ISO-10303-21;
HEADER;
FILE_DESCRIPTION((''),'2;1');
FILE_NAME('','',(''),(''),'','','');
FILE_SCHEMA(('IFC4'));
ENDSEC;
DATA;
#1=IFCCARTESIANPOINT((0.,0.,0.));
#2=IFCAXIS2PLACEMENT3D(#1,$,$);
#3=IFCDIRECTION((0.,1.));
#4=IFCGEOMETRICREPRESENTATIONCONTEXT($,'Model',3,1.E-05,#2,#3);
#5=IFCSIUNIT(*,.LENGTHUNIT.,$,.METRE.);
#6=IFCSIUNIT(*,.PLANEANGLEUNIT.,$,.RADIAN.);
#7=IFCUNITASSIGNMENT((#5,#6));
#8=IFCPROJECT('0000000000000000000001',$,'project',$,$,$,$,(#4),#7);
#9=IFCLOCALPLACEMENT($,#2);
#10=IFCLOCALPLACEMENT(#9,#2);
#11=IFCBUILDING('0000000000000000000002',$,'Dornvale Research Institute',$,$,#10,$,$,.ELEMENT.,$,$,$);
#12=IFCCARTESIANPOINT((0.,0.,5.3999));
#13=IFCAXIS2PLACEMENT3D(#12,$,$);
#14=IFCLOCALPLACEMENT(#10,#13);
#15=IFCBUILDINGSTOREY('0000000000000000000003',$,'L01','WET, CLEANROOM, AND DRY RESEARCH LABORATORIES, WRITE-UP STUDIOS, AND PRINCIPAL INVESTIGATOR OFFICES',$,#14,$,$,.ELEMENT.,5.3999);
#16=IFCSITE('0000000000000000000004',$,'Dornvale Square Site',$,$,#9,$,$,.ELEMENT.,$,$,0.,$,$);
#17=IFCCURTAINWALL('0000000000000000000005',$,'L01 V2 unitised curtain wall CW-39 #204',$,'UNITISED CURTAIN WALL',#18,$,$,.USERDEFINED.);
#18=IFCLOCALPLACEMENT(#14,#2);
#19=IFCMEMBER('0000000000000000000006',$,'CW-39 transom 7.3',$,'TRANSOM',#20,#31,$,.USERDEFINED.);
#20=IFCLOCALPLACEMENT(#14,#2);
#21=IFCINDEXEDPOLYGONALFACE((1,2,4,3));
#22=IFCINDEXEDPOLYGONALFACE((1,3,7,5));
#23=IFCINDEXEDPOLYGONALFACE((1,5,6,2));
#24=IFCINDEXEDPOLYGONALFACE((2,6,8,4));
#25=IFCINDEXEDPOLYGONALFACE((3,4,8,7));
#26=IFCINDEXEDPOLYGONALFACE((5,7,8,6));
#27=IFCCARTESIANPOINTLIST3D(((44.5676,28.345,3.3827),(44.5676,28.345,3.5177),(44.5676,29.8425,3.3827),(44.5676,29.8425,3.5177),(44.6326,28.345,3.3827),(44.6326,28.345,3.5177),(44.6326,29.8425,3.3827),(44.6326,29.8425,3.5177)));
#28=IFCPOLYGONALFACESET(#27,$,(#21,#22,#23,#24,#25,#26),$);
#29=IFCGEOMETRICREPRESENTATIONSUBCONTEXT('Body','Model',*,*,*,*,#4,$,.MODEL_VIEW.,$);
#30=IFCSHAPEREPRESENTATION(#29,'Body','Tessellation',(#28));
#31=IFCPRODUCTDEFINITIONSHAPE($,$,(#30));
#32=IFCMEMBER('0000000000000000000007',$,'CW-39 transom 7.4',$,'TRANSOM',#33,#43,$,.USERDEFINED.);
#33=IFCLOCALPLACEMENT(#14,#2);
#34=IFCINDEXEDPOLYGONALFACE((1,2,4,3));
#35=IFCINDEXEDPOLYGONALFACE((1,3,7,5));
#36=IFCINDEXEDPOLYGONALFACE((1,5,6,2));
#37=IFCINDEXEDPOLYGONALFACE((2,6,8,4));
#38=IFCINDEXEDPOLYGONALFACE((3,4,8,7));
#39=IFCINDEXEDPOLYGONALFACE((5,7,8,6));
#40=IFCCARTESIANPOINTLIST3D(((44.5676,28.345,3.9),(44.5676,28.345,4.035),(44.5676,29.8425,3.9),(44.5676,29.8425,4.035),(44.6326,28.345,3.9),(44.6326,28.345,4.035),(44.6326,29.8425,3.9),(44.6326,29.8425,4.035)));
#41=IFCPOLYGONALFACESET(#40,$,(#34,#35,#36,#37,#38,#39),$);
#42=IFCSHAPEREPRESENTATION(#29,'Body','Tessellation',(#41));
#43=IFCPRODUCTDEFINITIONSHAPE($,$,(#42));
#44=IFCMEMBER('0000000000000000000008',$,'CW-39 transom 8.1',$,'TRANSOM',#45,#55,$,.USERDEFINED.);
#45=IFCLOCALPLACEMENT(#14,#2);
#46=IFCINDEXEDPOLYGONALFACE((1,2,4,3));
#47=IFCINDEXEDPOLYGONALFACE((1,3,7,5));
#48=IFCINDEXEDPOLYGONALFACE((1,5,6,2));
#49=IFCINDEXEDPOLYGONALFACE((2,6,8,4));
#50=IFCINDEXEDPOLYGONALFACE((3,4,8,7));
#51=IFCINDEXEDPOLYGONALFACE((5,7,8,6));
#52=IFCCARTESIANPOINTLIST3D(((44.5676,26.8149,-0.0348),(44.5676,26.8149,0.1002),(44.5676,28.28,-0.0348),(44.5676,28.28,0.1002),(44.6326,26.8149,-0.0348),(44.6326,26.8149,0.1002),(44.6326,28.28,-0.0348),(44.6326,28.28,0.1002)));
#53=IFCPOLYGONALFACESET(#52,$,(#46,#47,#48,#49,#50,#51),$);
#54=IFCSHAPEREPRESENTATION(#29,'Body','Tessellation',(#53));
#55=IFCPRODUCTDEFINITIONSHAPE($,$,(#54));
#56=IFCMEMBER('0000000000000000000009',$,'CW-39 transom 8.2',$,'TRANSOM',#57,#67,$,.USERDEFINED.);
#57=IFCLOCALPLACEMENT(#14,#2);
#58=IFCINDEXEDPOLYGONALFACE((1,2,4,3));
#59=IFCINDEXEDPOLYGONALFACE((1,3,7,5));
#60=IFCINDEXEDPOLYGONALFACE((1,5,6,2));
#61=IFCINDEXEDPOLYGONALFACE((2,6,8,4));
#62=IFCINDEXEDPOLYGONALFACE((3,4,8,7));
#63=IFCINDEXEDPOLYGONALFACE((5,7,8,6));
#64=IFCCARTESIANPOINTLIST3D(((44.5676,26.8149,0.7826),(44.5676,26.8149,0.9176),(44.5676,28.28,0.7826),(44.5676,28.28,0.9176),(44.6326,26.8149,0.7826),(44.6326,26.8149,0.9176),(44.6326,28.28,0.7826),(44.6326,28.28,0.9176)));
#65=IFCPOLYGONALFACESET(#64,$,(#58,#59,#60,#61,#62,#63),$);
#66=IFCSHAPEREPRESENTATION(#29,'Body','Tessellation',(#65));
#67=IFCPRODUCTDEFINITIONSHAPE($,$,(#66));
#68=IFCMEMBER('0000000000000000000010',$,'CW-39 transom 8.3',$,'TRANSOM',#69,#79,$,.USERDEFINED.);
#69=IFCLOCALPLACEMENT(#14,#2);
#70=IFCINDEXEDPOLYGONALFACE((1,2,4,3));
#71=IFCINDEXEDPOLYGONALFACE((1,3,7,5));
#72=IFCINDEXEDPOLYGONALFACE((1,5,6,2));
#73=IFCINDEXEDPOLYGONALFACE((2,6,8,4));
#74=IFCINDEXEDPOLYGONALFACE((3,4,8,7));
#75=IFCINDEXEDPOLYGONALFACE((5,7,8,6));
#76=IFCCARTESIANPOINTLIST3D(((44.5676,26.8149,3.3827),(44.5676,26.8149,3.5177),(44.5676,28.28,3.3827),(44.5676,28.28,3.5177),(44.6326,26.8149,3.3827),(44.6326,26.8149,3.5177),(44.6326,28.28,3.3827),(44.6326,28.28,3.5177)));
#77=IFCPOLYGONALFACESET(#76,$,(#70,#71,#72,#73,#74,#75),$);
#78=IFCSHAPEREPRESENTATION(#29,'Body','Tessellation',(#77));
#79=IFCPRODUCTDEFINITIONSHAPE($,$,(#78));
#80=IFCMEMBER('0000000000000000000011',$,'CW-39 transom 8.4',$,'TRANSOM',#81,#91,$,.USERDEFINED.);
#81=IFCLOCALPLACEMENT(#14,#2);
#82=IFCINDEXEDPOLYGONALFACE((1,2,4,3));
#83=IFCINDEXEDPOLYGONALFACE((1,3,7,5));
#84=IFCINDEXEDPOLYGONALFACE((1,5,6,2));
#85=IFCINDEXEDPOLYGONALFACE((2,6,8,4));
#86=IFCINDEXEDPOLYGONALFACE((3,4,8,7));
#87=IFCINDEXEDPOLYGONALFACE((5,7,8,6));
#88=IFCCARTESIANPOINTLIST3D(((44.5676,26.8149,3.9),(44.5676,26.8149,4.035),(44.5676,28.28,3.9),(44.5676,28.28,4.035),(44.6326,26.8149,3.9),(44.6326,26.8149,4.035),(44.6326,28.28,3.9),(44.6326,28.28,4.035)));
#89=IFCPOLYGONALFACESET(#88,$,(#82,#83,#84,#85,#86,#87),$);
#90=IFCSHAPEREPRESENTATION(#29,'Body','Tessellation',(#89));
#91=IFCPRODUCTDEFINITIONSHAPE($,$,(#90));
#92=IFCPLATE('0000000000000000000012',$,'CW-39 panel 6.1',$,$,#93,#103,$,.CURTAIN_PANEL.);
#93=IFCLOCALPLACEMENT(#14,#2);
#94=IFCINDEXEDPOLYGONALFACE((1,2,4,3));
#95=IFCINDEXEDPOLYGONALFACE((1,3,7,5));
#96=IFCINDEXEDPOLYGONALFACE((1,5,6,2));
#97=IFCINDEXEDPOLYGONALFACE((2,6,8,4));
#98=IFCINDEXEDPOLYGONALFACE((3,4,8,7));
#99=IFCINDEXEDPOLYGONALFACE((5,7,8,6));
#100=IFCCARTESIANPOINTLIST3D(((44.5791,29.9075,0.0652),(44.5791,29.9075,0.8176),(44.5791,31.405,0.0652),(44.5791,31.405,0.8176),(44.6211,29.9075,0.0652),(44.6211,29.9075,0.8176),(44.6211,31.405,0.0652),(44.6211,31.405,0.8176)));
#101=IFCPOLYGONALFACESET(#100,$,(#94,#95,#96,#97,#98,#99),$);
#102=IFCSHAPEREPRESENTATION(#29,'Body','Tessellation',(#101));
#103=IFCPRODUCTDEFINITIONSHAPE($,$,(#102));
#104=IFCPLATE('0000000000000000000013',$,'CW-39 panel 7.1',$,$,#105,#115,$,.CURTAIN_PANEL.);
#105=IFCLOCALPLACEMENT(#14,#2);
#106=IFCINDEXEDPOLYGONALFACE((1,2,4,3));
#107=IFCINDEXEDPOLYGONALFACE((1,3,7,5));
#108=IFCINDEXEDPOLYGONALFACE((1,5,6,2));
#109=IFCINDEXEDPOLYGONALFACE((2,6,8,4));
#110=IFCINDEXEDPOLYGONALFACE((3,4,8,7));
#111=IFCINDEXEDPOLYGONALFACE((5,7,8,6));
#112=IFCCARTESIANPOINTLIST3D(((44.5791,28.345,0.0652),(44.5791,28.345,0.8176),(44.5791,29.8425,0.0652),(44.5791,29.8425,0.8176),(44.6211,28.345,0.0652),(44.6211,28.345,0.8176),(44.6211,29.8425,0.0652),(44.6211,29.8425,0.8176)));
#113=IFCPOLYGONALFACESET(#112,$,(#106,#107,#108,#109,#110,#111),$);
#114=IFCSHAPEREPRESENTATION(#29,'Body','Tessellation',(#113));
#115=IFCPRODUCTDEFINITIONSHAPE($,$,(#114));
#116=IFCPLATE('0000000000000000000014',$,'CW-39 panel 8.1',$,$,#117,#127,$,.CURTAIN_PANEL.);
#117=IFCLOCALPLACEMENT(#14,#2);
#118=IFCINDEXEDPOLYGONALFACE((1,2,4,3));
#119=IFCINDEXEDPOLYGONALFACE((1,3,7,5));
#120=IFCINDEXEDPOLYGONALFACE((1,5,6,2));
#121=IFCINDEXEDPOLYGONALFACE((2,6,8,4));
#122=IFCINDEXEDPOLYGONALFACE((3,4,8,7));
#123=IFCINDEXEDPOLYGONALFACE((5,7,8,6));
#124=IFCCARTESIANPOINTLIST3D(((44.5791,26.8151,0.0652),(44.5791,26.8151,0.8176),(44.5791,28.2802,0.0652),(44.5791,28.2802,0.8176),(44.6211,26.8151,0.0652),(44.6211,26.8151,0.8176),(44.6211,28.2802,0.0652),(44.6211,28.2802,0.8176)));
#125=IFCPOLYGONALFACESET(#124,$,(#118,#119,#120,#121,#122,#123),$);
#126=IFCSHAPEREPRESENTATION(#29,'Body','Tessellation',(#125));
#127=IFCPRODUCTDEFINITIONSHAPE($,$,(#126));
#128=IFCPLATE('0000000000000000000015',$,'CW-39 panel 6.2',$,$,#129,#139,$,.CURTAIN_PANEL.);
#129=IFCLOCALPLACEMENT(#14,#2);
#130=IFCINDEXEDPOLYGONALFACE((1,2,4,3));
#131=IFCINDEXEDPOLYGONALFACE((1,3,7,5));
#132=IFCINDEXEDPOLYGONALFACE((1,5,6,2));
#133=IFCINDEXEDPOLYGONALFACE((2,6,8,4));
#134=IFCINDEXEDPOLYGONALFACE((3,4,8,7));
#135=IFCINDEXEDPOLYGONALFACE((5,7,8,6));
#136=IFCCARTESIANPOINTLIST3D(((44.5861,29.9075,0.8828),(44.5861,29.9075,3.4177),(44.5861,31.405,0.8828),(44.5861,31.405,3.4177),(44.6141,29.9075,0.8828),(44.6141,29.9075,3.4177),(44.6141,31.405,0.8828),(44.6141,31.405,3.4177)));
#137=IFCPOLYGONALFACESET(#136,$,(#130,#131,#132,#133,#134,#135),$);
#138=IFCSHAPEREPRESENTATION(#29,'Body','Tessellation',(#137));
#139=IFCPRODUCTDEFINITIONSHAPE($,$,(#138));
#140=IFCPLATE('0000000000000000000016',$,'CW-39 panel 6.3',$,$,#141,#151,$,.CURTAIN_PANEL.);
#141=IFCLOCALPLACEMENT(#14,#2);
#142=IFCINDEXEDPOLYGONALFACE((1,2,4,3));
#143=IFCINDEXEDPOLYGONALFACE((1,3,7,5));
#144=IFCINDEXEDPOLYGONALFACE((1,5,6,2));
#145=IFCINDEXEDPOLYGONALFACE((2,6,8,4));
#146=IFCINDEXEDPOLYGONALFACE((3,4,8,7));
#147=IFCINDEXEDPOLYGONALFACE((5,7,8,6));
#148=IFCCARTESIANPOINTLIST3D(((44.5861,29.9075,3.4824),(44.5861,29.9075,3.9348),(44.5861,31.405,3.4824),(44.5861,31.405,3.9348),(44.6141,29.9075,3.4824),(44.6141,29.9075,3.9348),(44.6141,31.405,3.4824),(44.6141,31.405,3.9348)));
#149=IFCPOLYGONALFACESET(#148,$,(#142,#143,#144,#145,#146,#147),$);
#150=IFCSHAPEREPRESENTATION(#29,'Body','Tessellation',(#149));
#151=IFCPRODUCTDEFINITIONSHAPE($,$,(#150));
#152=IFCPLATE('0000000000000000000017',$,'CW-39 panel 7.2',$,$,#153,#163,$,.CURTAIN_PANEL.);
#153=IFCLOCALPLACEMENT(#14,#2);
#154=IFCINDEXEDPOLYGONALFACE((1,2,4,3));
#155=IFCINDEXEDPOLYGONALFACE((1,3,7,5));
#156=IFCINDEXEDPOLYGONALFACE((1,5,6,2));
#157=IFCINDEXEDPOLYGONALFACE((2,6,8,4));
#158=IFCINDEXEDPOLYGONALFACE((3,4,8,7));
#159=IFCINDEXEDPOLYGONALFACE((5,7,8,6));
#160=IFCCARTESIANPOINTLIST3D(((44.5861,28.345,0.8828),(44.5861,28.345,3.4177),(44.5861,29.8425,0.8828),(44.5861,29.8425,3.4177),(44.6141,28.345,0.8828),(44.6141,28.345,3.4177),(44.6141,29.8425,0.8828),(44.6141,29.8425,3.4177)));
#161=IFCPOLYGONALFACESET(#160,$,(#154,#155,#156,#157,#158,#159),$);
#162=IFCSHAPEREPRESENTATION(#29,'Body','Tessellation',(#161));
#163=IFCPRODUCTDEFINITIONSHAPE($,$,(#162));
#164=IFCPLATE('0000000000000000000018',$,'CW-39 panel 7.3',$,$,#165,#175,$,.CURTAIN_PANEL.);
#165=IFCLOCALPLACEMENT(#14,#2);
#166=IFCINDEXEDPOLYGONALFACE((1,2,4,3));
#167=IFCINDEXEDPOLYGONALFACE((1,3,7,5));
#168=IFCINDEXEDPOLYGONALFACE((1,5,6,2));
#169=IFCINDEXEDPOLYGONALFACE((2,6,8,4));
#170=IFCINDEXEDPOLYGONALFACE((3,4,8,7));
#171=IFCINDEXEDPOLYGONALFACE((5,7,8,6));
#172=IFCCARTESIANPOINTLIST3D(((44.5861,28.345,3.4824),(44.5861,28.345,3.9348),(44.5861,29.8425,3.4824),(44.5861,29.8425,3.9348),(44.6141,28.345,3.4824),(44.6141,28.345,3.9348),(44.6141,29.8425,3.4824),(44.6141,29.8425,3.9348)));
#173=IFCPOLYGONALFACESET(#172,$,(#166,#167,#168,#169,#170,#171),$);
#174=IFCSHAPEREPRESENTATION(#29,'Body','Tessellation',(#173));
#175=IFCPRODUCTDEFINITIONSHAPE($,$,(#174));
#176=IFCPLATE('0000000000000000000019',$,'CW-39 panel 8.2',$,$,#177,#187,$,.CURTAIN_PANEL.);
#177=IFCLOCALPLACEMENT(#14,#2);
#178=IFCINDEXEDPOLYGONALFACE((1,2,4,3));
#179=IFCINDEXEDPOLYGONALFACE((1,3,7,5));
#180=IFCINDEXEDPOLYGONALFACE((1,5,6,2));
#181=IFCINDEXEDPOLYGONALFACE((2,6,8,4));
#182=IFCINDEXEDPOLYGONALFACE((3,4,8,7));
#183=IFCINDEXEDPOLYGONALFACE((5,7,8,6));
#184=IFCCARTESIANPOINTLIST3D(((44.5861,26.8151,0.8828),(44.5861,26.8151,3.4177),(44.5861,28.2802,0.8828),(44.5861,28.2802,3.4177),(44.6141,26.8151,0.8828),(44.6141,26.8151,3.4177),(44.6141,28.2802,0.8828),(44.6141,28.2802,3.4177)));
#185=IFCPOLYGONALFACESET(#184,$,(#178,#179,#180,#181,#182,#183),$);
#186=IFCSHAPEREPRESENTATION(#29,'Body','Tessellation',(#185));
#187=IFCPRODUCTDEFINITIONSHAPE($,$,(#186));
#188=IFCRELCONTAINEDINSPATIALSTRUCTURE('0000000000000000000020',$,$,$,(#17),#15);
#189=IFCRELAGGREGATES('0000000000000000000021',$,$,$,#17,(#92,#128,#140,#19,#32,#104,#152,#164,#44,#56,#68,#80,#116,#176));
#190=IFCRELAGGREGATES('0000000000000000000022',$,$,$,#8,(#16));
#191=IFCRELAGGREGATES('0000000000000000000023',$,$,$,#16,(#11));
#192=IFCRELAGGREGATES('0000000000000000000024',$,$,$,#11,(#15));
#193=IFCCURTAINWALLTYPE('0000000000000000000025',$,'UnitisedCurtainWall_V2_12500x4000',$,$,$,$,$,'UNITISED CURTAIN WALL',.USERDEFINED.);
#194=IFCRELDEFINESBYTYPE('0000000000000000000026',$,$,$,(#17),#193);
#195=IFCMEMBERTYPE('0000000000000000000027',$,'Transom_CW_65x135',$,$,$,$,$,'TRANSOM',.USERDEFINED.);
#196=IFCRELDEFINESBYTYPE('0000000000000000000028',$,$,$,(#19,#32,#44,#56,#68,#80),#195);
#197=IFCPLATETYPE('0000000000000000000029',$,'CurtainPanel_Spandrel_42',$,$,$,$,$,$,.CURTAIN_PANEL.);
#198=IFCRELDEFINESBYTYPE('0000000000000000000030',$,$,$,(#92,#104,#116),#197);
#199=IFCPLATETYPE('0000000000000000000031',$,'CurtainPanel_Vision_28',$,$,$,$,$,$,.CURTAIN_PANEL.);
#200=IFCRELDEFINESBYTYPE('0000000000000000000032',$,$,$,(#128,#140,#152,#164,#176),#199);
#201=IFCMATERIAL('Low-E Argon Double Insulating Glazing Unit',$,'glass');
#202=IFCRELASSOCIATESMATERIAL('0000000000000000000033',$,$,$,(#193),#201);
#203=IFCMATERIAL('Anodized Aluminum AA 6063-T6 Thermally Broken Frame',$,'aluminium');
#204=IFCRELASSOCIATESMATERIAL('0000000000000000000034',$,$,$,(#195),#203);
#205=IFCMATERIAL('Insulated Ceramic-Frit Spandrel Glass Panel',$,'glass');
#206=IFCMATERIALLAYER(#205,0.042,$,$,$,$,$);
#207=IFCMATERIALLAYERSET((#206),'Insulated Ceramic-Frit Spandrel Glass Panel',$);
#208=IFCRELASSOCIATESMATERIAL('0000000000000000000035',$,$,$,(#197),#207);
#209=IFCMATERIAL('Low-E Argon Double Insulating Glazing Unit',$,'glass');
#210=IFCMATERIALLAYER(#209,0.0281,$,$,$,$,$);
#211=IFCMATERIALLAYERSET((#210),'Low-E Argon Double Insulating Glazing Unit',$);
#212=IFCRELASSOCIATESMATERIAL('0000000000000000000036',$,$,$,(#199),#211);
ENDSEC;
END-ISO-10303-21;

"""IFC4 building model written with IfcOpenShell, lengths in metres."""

from ifc_helpers import new_model, si_unit, direction, frame, origin, origin_2d, place, context, subcontext, project, spatial, rectangle, extrude, material, layer, layer_set, material_profile, profile_set, type_object, element, aggregate, save


model = new_model("IFC4")

# Units and contexts
model_context = context("Model", 3, precision=1e-05, world=origin(), true_north=direction((0.0, 1.0)))
body_context = subcontext(model_context, "Body", "Model", "MODEL_VIEW")
ifc_project = project(units=[si_unit("LENGTHUNIT", "METRE"), si_unit("PLANEANGLEUNIT", "RADIAN")], contexts=[model_context])

# Site, building, storey
site_placement = place(None, origin())
site = spatial("IfcSite", under=ifc_project, at=site_placement, Name="Dornvale Square Site", CompositionType="ELEMENT", RefElevation=0.0)
building_placement = place(site_placement, origin())
building = spatial("IfcBuilding", under=site, at=building_placement, Name="Dornvale Research Institute", CompositionType="ELEMENT")
storey_placement = place(building_placement, frame((0.0, 0.0, 5.3999)))
storey = spatial("IfcBuildingStorey", under=building, at=storey_placement, Name="L01", Description="WET, CLEANROOM, AND DRY RESEARCH LABORATORIES, WRITE-UP STUDIOS, AND PRINCIPAL INVESTIGATOR OFFICES", CompositionType="ELEMENT", Elevation=5.3999)

# Curtain wall
ifc_material_1 = material(Name="Low-E Argon Double Insulating Glazing Unit", Category="glass")
curtain_wall_type = type_object("IfcCurtainWallType", Name="UnitisedCurtainWall_V2_12500x4000", ElementType="UNITISED CURTAIN WALL", PredefinedType="USERDEFINED", material=ifc_material_1)
curtain_wall_placement = place(storey_placement, origin())
curtain_wall = element("IfcCurtainWall", 1, at=curtain_wall_placement, inside=storey, type_object=curtain_wall_type, Name="L01 V2 unitised curtain wall CW-39 #204", ObjectType="UNITISED CURTAIN WALL", PredefinedType="USERDEFINED")

# Members
ifc_material_2 = material(Name="Anodized Aluminum AA 6063-T6 Thermally Broken Frame", Category="aluminium")
ifc_material_profile_1 = material_profile(ifc_material_2, rectangle(XDim=0.0649, YDim=0.135, at=origin_2d()), Name="ALU TRANSOM 65x135")
ifc_profile_set_1 = profile_set([ifc_material_profile_1], Name="Anodized Aluminum AA 6063-T6 Thermally Broken Frame")
member_type_1 = type_object("IfcMemberType", Name="Transom_CW_65x135", ElementType="TRANSOM", PredefinedType="USERDEFINED", material=ifc_profile_set_1)
member_1_placement = place(storey_placement, frame((44.6001, 29.8425, 3.4502), z_axis=(0.0, -1.0, 0.0), x_axis=(1.0, 0.0, 0.0)))
member_1 = element("IfcMember", 2, at=member_1_placement, type_object=member_type_1, Name="CW-39 transom 7.3", ObjectType="TRANSOM", PredefinedType="USERDEFINED", context=body_context, shape_type="SweptSolid", body=[
    extrude(rectangle(XDim=0.0649, YDim=0.135, at=origin_2d()), origin(), (0.0, 0.0, 1.0), 1.4976),
])
member_2_placement = place(storey_placement, frame((44.6001, 29.8425, 3.9675), z_axis=(0.0, -1.0, 0.0), x_axis=(1.0, 0.0, 0.0)))
member_2 = element("IfcMember", 3, at=member_2_placement, type_object=member_type_1, Name="CW-39 transom 7.4", ObjectType="TRANSOM", PredefinedType="USERDEFINED", context=body_context, shape_type="SweptSolid", body=[
    extrude(rectangle(XDim=0.0649, YDim=0.135, at=origin_2d()), origin(), (0.0, 0.0, 1.0), 1.4976),
])
member_3_placement = place(storey_placement, frame((44.6001, 28.28, 0.0327), z_axis=(0.0, -1.0, 0.0), x_axis=(1.0, 0.0, 0.0)))
member_3 = element("IfcMember", 4, at=member_3_placement, type_object=member_type_1, Name="CW-39 transom 8.1", ObjectType="TRANSOM", PredefinedType="USERDEFINED", context=body_context, shape_type="SweptSolid", body=[
    extrude(rectangle(XDim=0.0649, YDim=0.135, at=origin_2d()), origin(), (0.0, 0.0, 1.0), 1.4651),
])
member_4_placement = place(storey_placement, frame((44.6001, 28.28, 0.8501), z_axis=(0.0, -1.0, 0.0), x_axis=(1.0, 0.0, 0.0)))
member_4 = element("IfcMember", 5, at=member_4_placement, type_object=member_type_1, Name="CW-39 transom 8.2", ObjectType="TRANSOM", PredefinedType="USERDEFINED", context=body_context, shape_type="SweptSolid", body=[
    extrude(rectangle(XDim=0.0649, YDim=0.135, at=origin_2d()), origin(), (0.0, 0.0, 1.0), 1.4651),
])
member_5_placement = place(storey_placement, frame((44.6001, 28.28, 3.4502), z_axis=(0.0, -1.0, 0.0), x_axis=(1.0, 0.0, 0.0)))
member_5 = element("IfcMember", 6, at=member_5_placement, type_object=member_type_1, Name="CW-39 transom 8.3", ObjectType="TRANSOM", PredefinedType="USERDEFINED", context=body_context, shape_type="SweptSolid", body=[
    extrude(rectangle(XDim=0.0649, YDim=0.135, at=origin_2d()), origin(), (0.0, 0.0, 1.0), 1.4651),
])
member_6_placement = place(storey_placement, frame((44.6001, 28.28, 3.9675), z_axis=(0.0, -1.0, 0.0), x_axis=(1.0, 0.0, 0.0)))
member_6 = element("IfcMember", 7, at=member_6_placement, type_object=member_type_1, Name="CW-39 transom 8.4", ObjectType="TRANSOM", PredefinedType="USERDEFINED", context=body_context, shape_type="SweptSolid", body=[
    extrude(rectangle(XDim=0.0649, YDim=0.135, at=origin_2d()), origin(), (0.0, 0.0, 1.0), 1.4651),
])

# Plates
ifc_material_3 = material(Name="Insulated Ceramic-Frit Spandrel Glass Panel", Category="glass")
ifc_layer_1 = layer(ifc_material_3, 0.042)
ifc_layer_set_1 = layer_set([ifc_layer_1], Name="Insulated Ceramic-Frit Spandrel Glass Panel")
plate_type_1 = type_object("IfcPlateType", Name="CurtainPanel_Spandrel_42", PredefinedType="CURTAIN_PANEL", material=ifc_layer_set_1)
plate_1_placement = place(storey_placement, frame((44.6001, 30.6562, 0.0652), z_axis=(0.0, 0.0, 1.0), x_axis=(0.0, -1.0, 0.0)))
plate_1 = element("IfcPlate", 8, at=plate_1_placement, type_object=plate_type_1, Name="CW-39 panel 6.1", PredefinedType="CURTAIN_PANEL", context=body_context, shape_type="SweptSolid", body=[
    extrude(rectangle(XDim=1.4976, YDim=0.042, at=origin_2d()), origin(), (0.0, 0.0, 1.0), 0.7524),
])
plate_2_placement = place(storey_placement, frame((44.6001, 29.0938, 0.0652), z_axis=(0.0, 0.0, 1.0), x_axis=(0.0, -1.0, 0.0)))
plate_2 = element("IfcPlate", 9, at=plate_2_placement, type_object=plate_type_1, Name="CW-39 panel 7.1", PredefinedType="CURTAIN_PANEL", context=body_context, shape_type="SweptSolid", body=[
    extrude(rectangle(XDim=1.4976, YDim=0.042, at=origin_2d()), origin(), (0.0, 0.0, 1.0), 0.7524),
])
plate_3_placement = place(storey_placement, frame((44.6001, 27.5476, 0.0652), z_axis=(0.0, 0.0, 1.0), x_axis=(0.0, -1.0, 0.0)))
plate_3 = element("IfcPlate", 10, at=plate_3_placement, type_object=plate_type_1, Name="CW-39 panel 8.1", PredefinedType="CURTAIN_PANEL", context=body_context, shape_type="SweptSolid", body=[
    extrude(rectangle(XDim=1.4651, YDim=0.042, at=origin_2d()), origin(), (0.0, 0.0, 1.0), 0.7524),
])
ifc_material_4 = material(Name="Low-E Argon Double Insulating Glazing Unit", Category="glass")
ifc_layer_2 = layer(ifc_material_4, 0.0281)
ifc_layer_set_2 = layer_set([ifc_layer_2], Name="Low-E Argon Double Insulating Glazing Unit")
plate_type_2 = type_object("IfcPlateType", Name="CurtainPanel_Vision_28", PredefinedType="CURTAIN_PANEL", material=ifc_layer_set_2)
plate_4_placement = place(storey_placement, frame((44.6001, 30.6562, 0.8828), z_axis=(0.0, 0.0, 1.0), x_axis=(0.0, -1.0, 0.0)))
plate_4 = element("IfcPlate", 11, at=plate_4_placement, type_object=plate_type_2, Name="CW-39 panel 6.2", PredefinedType="CURTAIN_PANEL", context=body_context, shape_type="SweptSolid", body=[
    extrude(rectangle(XDim=1.4976, YDim=0.0281, at=origin_2d()), origin(), (0.0, 0.0, 1.0), 2.5349),
])
plate_5_placement = place(storey_placement, frame((44.6001, 30.6562, 3.4824), z_axis=(0.0, 0.0, 1.0), x_axis=(0.0, -1.0, 0.0)))
plate_5 = element("IfcPlate", 12, at=plate_5_placement, type_object=plate_type_2, Name="CW-39 panel 6.3", PredefinedType="CURTAIN_PANEL", context=body_context, shape_type="SweptSolid", body=[
    extrude(rectangle(XDim=1.4976, YDim=0.0281, at=origin_2d()), origin(), (0.0, 0.0, 1.0), 0.4524),
])
plate_6_placement = place(storey_placement, frame((44.6001, 29.0938, 0.8828), z_axis=(0.0, 0.0, 1.0), x_axis=(0.0, -1.0, 0.0)))
plate_6 = element("IfcPlate", 13, at=plate_6_placement, type_object=plate_type_2, Name="CW-39 panel 7.2", PredefinedType="CURTAIN_PANEL", context=body_context, shape_type="SweptSolid", body=[
    extrude(rectangle(XDim=1.4976, YDim=0.0281, at=origin_2d()), origin(), (0.0, 0.0, 1.0), 2.5349),
])
plate_7_placement = place(storey_placement, frame((44.6001, 29.0938, 3.4824), z_axis=(0.0, 0.0, 1.0), x_axis=(0.0, -1.0, 0.0)))
plate_7 = element("IfcPlate", 14, at=plate_7_placement, type_object=plate_type_2, Name="CW-39 panel 7.3", PredefinedType="CURTAIN_PANEL", context=body_context, shape_type="SweptSolid", body=[
    extrude(rectangle(XDim=1.4976, YDim=0.0281, at=origin_2d()), origin(), (0.0, 0.0, 1.0), 0.4524),
])
plate_8_placement = place(storey_placement, frame((44.6001, 27.5476, 0.8828), z_axis=(0.0, 0.0, 1.0), x_axis=(0.0, -1.0, 0.0)))
plate_8 = element("IfcPlate", 15, at=plate_8_placement, type_object=plate_type_2, Name="CW-39 panel 8.2", PredefinedType="CURTAIN_PANEL", context=body_context, shape_type="SweptSolid", body=[
    extrude(rectangle(XDim=1.4651, YDim=0.0281, at=origin_2d()), origin(), (0.0, 0.0, 1.0), 2.5349),
])
aggregate(curtain_wall, [plate_1, plate_4, plate_5, member_1, member_2, plate_2, plate_6, plate_7, member_3, member_4, member_5, member_6, plate_3, plate_8])

save(model, "model.ifc")
